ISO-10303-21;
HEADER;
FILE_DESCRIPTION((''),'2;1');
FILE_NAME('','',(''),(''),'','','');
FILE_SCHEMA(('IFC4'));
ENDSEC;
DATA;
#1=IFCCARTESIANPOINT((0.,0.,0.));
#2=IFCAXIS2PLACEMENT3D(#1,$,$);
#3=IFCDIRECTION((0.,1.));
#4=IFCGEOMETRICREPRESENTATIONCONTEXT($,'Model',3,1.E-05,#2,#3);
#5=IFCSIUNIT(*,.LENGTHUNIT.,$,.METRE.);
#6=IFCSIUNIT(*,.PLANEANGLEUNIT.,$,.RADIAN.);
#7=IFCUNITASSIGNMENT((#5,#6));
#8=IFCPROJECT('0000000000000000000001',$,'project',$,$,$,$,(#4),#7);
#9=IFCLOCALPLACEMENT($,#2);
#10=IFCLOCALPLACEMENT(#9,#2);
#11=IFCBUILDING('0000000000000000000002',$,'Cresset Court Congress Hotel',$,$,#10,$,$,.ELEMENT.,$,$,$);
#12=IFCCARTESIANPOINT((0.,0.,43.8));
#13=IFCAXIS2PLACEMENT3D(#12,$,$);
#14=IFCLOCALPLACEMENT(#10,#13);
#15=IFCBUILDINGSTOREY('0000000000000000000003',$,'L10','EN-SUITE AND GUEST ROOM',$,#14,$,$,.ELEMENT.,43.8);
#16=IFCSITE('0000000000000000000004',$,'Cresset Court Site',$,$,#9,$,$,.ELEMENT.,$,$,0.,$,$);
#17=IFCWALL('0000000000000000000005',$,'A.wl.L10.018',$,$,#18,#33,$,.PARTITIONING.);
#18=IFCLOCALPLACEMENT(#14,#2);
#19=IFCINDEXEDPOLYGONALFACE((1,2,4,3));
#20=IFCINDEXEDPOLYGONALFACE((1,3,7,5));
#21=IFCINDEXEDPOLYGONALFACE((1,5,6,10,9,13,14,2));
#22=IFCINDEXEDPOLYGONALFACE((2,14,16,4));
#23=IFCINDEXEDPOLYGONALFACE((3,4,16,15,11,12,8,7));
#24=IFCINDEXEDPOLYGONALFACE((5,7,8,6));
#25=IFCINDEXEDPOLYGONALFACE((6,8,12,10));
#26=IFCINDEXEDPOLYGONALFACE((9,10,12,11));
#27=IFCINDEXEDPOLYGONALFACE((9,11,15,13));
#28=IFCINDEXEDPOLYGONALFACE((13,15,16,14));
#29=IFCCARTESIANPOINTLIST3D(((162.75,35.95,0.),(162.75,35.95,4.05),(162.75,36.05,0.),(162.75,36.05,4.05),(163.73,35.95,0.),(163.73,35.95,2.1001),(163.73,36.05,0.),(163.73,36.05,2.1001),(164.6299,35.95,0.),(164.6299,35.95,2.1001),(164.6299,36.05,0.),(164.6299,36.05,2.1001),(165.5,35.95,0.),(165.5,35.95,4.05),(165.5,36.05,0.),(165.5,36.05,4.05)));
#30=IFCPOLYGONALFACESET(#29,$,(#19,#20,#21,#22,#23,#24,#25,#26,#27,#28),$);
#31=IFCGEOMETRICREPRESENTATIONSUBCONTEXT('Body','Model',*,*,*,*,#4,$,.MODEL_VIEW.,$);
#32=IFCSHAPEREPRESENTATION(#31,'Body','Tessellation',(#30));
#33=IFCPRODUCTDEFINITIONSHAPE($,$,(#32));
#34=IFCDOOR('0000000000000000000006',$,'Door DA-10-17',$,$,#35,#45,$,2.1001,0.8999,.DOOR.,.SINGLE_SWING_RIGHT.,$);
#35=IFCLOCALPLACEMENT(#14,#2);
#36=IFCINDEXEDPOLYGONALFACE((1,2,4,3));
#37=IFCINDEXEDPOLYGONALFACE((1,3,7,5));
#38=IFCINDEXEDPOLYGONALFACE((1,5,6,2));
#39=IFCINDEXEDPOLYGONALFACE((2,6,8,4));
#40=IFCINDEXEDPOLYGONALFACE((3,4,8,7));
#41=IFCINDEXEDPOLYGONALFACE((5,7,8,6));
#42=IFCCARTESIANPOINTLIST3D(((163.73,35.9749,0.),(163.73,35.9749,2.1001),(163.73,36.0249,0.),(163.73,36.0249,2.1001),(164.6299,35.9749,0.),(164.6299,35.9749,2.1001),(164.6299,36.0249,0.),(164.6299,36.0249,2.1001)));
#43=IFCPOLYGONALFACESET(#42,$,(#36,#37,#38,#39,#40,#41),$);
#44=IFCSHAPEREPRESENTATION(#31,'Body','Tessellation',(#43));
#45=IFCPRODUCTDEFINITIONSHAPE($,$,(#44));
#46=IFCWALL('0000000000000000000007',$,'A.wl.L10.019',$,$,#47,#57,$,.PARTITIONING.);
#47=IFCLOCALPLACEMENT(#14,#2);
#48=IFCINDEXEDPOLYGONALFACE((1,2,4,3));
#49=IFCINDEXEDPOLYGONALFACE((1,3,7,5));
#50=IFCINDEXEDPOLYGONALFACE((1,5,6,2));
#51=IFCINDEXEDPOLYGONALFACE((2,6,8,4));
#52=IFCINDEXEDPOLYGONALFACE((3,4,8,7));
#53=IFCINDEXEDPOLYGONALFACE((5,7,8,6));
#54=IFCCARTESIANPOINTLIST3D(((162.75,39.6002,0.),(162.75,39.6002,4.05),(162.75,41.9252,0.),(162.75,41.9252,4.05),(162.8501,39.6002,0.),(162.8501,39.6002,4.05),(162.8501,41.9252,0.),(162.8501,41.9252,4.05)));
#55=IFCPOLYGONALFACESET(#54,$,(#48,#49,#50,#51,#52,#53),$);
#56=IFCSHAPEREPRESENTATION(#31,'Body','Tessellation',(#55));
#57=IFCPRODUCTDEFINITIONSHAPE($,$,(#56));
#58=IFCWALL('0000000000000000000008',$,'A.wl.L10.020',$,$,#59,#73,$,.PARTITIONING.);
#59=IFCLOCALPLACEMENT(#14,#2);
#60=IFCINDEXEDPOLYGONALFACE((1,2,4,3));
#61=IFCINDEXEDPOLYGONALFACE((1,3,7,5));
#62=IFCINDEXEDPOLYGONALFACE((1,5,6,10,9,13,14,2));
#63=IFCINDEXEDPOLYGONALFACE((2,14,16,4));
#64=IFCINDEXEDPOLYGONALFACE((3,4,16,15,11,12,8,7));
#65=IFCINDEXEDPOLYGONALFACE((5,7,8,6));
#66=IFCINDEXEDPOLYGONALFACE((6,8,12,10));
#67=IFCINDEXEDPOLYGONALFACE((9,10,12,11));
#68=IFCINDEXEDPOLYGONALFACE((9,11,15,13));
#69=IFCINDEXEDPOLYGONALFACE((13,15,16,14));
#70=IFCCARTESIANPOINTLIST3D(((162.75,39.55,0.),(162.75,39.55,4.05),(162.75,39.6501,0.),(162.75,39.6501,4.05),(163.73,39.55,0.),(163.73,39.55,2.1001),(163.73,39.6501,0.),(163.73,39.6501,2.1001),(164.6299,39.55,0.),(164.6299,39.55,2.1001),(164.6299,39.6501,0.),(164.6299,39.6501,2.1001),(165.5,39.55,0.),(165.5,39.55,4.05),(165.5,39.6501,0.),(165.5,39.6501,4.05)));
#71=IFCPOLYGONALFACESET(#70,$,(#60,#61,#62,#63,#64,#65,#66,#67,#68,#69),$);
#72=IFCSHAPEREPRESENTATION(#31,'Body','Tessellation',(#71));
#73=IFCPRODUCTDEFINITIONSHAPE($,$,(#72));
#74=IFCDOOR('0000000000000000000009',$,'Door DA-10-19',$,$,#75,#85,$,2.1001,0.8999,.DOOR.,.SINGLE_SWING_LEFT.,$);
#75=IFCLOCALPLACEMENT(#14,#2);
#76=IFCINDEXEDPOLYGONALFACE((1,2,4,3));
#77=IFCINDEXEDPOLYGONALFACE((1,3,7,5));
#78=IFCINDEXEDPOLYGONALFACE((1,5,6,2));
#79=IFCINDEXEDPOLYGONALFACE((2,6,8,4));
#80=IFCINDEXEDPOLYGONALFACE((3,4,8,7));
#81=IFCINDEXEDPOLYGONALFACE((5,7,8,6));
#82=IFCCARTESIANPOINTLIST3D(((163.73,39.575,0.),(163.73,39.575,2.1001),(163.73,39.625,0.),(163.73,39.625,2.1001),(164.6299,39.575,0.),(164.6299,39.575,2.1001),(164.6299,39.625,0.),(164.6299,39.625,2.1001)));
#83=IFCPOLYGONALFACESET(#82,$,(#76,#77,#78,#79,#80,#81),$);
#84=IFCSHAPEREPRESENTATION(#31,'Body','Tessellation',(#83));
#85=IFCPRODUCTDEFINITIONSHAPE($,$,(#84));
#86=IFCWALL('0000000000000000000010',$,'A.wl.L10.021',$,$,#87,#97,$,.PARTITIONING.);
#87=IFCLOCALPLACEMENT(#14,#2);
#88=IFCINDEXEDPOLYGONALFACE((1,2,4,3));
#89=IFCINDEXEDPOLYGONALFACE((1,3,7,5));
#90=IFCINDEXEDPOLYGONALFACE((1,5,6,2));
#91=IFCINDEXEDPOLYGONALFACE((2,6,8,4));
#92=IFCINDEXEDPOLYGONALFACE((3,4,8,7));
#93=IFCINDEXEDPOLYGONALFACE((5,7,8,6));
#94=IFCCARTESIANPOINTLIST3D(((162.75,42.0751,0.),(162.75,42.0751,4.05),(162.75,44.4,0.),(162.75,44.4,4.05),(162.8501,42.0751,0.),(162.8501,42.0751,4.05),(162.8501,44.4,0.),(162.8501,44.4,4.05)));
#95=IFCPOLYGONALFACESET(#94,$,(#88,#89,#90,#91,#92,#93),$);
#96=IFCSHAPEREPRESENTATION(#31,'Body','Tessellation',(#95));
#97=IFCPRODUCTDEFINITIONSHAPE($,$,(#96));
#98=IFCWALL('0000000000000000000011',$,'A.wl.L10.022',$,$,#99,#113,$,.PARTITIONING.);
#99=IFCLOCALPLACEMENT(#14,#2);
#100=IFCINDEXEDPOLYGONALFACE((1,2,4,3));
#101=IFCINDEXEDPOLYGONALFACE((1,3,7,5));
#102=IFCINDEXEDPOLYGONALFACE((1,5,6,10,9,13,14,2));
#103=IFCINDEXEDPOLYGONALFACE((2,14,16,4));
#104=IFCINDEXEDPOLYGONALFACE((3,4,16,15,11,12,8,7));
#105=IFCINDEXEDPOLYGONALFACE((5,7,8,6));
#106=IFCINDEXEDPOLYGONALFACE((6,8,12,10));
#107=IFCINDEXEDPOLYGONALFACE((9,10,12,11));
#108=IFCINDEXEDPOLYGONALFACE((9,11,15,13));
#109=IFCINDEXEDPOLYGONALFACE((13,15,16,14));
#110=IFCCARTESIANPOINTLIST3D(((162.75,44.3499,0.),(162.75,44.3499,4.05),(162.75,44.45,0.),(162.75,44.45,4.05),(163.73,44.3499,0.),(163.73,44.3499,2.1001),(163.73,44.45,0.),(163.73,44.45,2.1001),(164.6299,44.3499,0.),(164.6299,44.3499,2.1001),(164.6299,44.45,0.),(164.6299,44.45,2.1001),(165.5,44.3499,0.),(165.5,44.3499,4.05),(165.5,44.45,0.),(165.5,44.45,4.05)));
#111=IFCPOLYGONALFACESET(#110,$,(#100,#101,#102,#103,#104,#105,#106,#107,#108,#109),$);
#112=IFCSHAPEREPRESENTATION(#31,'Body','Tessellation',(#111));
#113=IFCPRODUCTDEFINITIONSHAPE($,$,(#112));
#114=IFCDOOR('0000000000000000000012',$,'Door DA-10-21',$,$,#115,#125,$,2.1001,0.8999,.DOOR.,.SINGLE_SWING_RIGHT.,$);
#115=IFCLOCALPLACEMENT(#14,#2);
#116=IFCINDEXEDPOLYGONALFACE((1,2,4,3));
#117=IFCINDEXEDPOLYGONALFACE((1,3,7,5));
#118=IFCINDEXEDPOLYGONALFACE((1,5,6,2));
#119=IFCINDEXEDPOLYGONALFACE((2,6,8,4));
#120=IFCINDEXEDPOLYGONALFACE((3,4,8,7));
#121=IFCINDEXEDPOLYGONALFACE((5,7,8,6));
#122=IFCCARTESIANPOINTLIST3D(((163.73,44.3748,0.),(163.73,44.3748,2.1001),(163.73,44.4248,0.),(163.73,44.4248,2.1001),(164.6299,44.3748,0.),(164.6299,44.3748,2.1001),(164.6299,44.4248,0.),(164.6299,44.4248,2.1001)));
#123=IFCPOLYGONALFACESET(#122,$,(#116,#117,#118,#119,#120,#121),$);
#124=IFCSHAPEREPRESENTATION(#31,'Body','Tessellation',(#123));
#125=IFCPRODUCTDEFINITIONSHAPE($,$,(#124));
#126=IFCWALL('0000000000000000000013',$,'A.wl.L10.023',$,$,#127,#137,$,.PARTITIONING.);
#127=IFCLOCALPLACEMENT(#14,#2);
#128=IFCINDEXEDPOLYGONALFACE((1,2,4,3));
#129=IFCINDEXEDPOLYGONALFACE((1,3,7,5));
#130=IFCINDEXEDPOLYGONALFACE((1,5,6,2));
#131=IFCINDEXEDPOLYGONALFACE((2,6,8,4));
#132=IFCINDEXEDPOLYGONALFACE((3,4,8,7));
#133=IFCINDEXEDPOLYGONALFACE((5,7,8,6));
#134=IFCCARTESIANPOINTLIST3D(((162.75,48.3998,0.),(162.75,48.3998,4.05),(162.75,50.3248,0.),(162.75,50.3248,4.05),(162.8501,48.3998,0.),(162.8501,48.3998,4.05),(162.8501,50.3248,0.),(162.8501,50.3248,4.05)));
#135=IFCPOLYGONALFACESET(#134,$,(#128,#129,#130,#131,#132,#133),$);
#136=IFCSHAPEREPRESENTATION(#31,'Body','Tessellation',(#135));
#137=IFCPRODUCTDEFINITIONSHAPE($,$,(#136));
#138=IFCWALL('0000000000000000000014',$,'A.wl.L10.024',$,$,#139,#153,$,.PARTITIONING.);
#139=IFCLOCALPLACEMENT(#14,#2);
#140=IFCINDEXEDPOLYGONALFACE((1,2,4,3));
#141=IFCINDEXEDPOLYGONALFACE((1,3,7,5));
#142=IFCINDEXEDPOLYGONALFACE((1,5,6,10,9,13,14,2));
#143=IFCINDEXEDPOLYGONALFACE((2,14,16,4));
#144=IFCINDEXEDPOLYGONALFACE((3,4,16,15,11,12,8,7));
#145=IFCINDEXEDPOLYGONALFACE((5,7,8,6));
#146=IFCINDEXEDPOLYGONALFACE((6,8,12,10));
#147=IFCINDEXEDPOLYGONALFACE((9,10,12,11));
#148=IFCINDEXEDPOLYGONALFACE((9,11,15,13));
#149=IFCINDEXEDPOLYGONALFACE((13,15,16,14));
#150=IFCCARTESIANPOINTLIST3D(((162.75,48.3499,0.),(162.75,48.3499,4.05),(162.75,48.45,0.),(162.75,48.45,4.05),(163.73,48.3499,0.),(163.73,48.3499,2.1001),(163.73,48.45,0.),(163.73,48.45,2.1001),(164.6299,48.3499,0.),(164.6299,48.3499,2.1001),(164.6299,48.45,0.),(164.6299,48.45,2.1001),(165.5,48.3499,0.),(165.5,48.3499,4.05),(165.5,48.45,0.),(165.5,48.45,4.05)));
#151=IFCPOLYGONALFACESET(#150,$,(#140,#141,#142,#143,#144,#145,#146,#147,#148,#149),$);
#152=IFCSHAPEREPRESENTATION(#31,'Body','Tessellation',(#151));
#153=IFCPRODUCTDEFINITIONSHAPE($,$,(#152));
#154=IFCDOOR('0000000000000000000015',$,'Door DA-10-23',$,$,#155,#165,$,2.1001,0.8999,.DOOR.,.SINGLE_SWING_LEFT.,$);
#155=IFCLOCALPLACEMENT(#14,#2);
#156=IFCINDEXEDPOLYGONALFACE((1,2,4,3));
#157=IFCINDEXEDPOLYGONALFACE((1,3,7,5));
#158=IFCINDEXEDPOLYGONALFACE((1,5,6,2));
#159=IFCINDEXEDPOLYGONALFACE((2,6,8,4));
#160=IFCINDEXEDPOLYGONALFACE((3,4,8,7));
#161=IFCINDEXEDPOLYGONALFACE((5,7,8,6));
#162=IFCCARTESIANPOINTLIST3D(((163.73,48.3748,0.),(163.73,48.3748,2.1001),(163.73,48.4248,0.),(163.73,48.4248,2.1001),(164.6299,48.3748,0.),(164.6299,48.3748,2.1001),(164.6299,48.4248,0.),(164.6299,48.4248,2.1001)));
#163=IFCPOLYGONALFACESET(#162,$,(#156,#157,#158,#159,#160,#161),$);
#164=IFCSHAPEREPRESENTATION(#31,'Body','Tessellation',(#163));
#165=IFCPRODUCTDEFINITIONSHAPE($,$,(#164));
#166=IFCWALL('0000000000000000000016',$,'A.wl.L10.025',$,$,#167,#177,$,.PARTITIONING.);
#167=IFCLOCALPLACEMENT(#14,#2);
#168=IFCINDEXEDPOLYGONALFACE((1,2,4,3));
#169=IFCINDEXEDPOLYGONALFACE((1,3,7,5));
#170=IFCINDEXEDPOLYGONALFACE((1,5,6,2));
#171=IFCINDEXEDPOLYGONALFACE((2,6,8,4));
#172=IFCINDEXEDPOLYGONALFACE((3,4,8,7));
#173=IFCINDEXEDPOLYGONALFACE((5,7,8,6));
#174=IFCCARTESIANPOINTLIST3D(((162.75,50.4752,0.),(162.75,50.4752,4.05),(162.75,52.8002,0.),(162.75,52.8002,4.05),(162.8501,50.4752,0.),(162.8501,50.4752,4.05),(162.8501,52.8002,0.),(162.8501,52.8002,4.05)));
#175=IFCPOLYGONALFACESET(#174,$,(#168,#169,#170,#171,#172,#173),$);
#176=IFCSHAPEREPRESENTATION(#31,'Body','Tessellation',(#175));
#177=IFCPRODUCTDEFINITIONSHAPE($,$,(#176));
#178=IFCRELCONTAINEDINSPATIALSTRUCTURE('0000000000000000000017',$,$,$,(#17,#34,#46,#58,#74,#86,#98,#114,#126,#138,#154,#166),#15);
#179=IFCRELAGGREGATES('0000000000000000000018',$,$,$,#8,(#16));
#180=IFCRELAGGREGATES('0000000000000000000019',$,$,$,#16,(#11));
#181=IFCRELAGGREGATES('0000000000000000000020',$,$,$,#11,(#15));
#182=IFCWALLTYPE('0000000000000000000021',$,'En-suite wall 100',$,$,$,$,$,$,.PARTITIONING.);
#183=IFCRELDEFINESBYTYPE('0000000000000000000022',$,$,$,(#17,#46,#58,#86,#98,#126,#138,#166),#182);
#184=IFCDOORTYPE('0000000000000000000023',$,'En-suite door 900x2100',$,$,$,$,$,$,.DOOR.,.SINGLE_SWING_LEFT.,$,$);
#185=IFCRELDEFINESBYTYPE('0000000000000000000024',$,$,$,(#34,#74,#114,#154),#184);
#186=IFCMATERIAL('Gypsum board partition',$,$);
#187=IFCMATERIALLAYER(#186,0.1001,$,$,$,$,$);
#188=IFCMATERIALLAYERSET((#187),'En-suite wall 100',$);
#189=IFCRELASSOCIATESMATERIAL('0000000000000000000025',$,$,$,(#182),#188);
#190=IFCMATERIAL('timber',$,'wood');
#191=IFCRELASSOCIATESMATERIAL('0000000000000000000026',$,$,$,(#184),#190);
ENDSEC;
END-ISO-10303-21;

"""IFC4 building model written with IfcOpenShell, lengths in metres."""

from ifc_helpers import new_model, si_unit, direction, frame, frame_2d, origin, place, context, subcontext, project, spatial, rectangle, extrude, material, layer, layer_set, type_object, element, fill, save


model = new_model("IFC4")

# Units and contexts
model_context = context("Model", 3, precision=1e-05, world=origin(), true_north=direction((0.0, 1.0)))
body_context = subcontext(model_context, "Body", "Model", "MODEL_VIEW")
ifc_project = project(units=[si_unit("LENGTHUNIT", "METRE"), si_unit("PLANEANGLEUNIT", "RADIAN")], contexts=[model_context])

# Site, building, storey
site_placement = place(None, origin())
site = spatial("IfcSite", under=ifc_project, at=site_placement, Name="Cresset Court Site", CompositionType="ELEMENT", RefElevation=0.0)
building_placement = place(site_placement, origin())
building = spatial("IfcBuilding", under=site, at=building_placement, Name="Cresset Court Congress Hotel", CompositionType="ELEMENT")
storey_placement = place(building_placement, frame((0.0, 0.0, 43.8)))
storey = spatial("IfcBuildingStorey", under=building, at=storey_placement, Name="L10", Description="EN-SUITE AND GUEST ROOM", CompositionType="ELEMENT", Elevation=43.8)

# Wall, opening, door
ifc_material_1 = material(Name="Gypsum board partition")
ifc_layer_1 = layer(ifc_material_1, 0.1001)
ifc_layer_set_1 = layer_set([ifc_layer_1], Name="En-suite wall 100")
wall_type_1 = type_object("IfcWallType", Name="En-suite wall 100", PredefinedType="PARTITIONING", material=ifc_layer_set_1)
wall_1_placement = place(storey_placement, frame((162.75, 36.0, 0.0), z_axis=(0.0, 0.0, 1.0), x_axis=(1.0, 0.0, 0.0)))
wall_1 = element("IfcWall", 1, at=wall_1_placement, inside=storey, type_object=wall_type_1, Name="A.wl.L10.018", PredefinedType="PARTITIONING", context=body_context, shape_type="SweptSolid", body=[
    extrude(rectangle(XDim=2.75, YDim=0.1001, at=frame_2d((1.375, 0.0))), origin(), (0.0, 0.0, 1.0), 4.05),
])
opening_1_placement = place(wall_1_placement, frame((0.98, 0.0, 0.0)))
opening_1 = element("IfcOpeningElement", 2, at=opening_1_placement, cuts=wall_1, PredefinedType="OPENING", context=body_context, shape_type="SweptSolid", body=[
    extrude(rectangle(XDim=0.8999, YDim=2.1001, at=frame_2d((0.45, 1.05))), frame((0.0, 0.0601, 0.0), z_axis=(0.0, -1.0, 0.0), x_axis=(1.0, 0.0, 0.0)), (0.0, 0.0, 1.0), 0.1201),
])
ifc_material_2 = material(Name="timber", Category="wood")
door_type = type_object("IfcDoorType", Name="En-suite door 900x2100", OperationType="SINGLE_SWING_LEFT", PredefinedType="DOOR", material=ifc_material_2)
door_1_placement = place(opening_1_placement, origin())
door_1 = element("IfcDoor", 3, at=door_1_placement, inside=storey, type_object=door_type, Name="Door DA-10-17", OperationType="SINGLE_SWING_RIGHT", OverallHeight=2.1001, OverallWidth=0.8999, PredefinedType="DOOR", context=body_context, shape_type="SweptSolid", body=[
    extrude(rectangle(XDim=0.8999, YDim=2.1001, at=frame_2d((0.45, 1.05))), frame((0.0, 0.0249, 0.0), z_axis=(0.0, -1.0, 0.0), x_axis=(1.0, 0.0, 0.0)), (0.0, 0.0, 1.0), 0.05),
])
fill(opening_1, door_1)

# Wall
wall_2_placement = place(storey_placement, frame((162.8, 39.6001, 0.0), z_axis=(0.0, 0.0, 1.0), x_axis=(0.0, 1.0, 0.0)))
element("IfcWall", 4, at=wall_2_placement, inside=storey, type_object=wall_type_1, Name="A.wl.L10.019", PredefinedType="PARTITIONING", context=body_context, shape_type="SweptSolid", body=[
    extrude(rectangle(XDim=2.325, YDim=0.1001, at=frame_2d((1.1626, 0.0))), origin(), (0.0, 0.0, 1.0), 4.05),
])

# Wall, opening, door
wall_3_placement = place(storey_placement, frame((162.75, 39.6001, 0.0), z_axis=(0.0, 0.0, 1.0), x_axis=(1.0, 0.0, 0.0)))
wall_3 = element("IfcWall", 5, at=wall_3_placement, inside=storey, type_object=wall_type_1, Name="A.wl.L10.020", PredefinedType="PARTITIONING", context=body_context, shape_type="SweptSolid", body=[
    extrude(rectangle(XDim=2.75, YDim=0.1001, at=frame_2d((1.375, 0.0))), origin(), (0.0, 0.0, 1.0), 4.05),
])
opening_2_placement = place(wall_3_placement, frame((0.98, 0.0, 0.0)))
opening_2 = element("IfcOpeningElement", 6, at=opening_2_placement, cuts=wall_3, PredefinedType="OPENING", context=body_context, shape_type="SweptSolid", body=[
    extrude(rectangle(XDim=0.8999, YDim=2.1001, at=frame_2d((0.45, 1.05))), frame((0.0, 0.0601, 0.0), z_axis=(0.0, -1.0, 0.0), x_axis=(1.0, 0.0, 0.0)), (0.0, 0.0, 1.0), 0.1201),
])
door_2_placement = place(opening_2_placement, origin())
door_2 = element("IfcDoor", 7, at=door_2_placement, inside=storey, type_object=door_type, Name="Door DA-10-19", OperationType="SINGLE_SWING_LEFT", OverallHeight=2.1001, OverallWidth=0.8999, PredefinedType="DOOR", context=body_context, shape_type="SweptSolid", body=[
    extrude(rectangle(XDim=0.8999, YDim=2.1001, at=frame_2d((0.45, 1.05))), frame((0.0, 0.0249, 0.0), z_axis=(0.0, -1.0, 0.0), x_axis=(1.0, 0.0, 0.0)), (0.0, 0.0, 1.0), 0.05),
])
fill(opening_2, door_2)

# Wall
wall_4_placement = place(storey_placement, frame((162.8, 42.075, 0.0), z_axis=(0.0, 0.0, 1.0), x_axis=(0.0, 1.0, 0.0)))
element("IfcWall", 8, at=wall_4_placement, inside=storey, type_object=wall_type_1, Name="A.wl.L10.021", PredefinedType="PARTITIONING", context=body_context, shape_type="SweptSolid", body=[
    extrude(rectangle(XDim=2.325, YDim=0.1001, at=frame_2d((1.1626, 0.0))), origin(), (0.0, 0.0, 1.0), 4.05),
])

# Wall, opening, door
wall_5_placement = place(storey_placement, frame((162.75, 44.3999, 0.0), z_axis=(0.0, 0.0, 1.0), x_axis=(1.0, 0.0, 0.0)))
wall_5 = element("IfcWall", 9, at=wall_5_placement, inside=storey, type_object=wall_type_1, Name="A.wl.L10.022", PredefinedType="PARTITIONING", context=body_context, shape_type="SweptSolid", body=[
    extrude(rectangle(XDim=2.75, YDim=0.1001, at=frame_2d((1.375, 0.0))), origin(), (0.0, 0.0, 1.0), 4.05),
])
opening_3_placement = place(wall_5_placement, frame((0.98, 0.0, 0.0)))
opening_3 = element("IfcOpeningElement", 10, at=opening_3_placement, cuts=wall_5, PredefinedType="OPENING", context=body_context, shape_type="SweptSolid", body=[
    extrude(rectangle(XDim=0.8999, YDim=2.1001, at=frame_2d((0.45, 1.05))), frame((0.0, 0.0601, 0.0), z_axis=(0.0, -1.0, 0.0), x_axis=(1.0, 0.0, 0.0)), (0.0, 0.0, 1.0), 0.1201),
])
door_3_placement = place(opening_3_placement, origin())
door_3 = element("IfcDoor", 11, at=door_3_placement, inside=storey, type_object=door_type, Name="Door DA-10-21", OperationType="SINGLE_SWING_RIGHT", OverallHeight=2.1001, OverallWidth=0.8999, PredefinedType="DOOR", context=body_context, shape_type="SweptSolid", body=[
    extrude(rectangle(XDim=0.8999, YDim=2.1001, at=frame_2d((0.45, 1.05))), frame((0.0, 0.0249, 0.0), z_axis=(0.0, -1.0, 0.0), x_axis=(1.0, 0.0, 0.0)), (0.0, 0.0, 1.0), 0.05),
])
fill(opening_3, door_3)

# Wall
wall_6_placement = place(storey_placement, frame((162.8, 48.3999, 0.0), z_axis=(0.0, 0.0, 1.0), x_axis=(0.0, 1.0, 0.0)))
element("IfcWall", 12, at=wall_6_placement, inside=storey, type_object=wall_type_1, Name="A.wl.L10.023", PredefinedType="PARTITIONING", context=body_context, shape_type="SweptSolid", body=[
    extrude(rectangle(XDim=1.925, YDim=0.1001, at=frame_2d((0.9624, 0.0))), origin(), (0.0, 0.0, 1.0), 4.05),
])

# Wall, opening, door
wall_7_placement = place(storey_placement, frame((162.75, 48.3999, 0.0), z_axis=(0.0, 0.0, 1.0), x_axis=(1.0, 0.0, 0.0)))
wall_7 = element("IfcWall", 13, at=wall_7_placement, inside=storey, type_object=wall_type_1, Name="A.wl.L10.024", PredefinedType="PARTITIONING", context=body_context, shape_type="SweptSolid", body=[
    extrude(rectangle(XDim=2.75, YDim=0.1001, at=frame_2d((1.375, 0.0))), origin(), (0.0, 0.0, 1.0), 4.05),
])
opening_4_placement = place(wall_7_placement, frame((0.98, 0.0, 0.0)))
opening_4 = element("IfcOpeningElement", 14, at=opening_4_placement, cuts=wall_7, PredefinedType="OPENING", context=body_context, shape_type="SweptSolid", body=[
    extrude(rectangle(XDim=0.8999, YDim=2.1001, at=frame_2d((0.45, 1.05))), frame((0.0, 0.0601, 0.0), z_axis=(0.0, -1.0, 0.0), x_axis=(1.0, 0.0, 0.0)), (0.0, 0.0, 1.0), 0.1201),
])
door_4_placement = place(opening_4_placement, origin())
door_4 = element("IfcDoor", 15, at=door_4_placement, inside=storey, type_object=door_type, Name="Door DA-10-23", OperationType="SINGLE_SWING_LEFT", OverallHeight=2.1001, OverallWidth=0.8999, PredefinedType="DOOR", context=body_context, shape_type="SweptSolid", body=[
    extrude(rectangle(XDim=0.8999, YDim=2.1001, at=frame_2d((0.45, 1.05))), frame((0.0, 0.0249, 0.0), z_axis=(0.0, -1.0, 0.0), x_axis=(1.0, 0.0, 0.0)), (0.0, 0.0, 1.0), 0.05),
])
fill(opening_4, door_4)

# Wall
wall_8_placement = place(storey_placement, frame((162.8, 50.4751, 0.0), z_axis=(0.0, 0.0, 1.0), x_axis=(0.0, 1.0, 0.0)))
element("IfcWall", 16, at=wall_8_placement, inside=storey, type_object=wall_type_1, Name="A.wl.L10.025", PredefinedType="PARTITIONING", context=body_context, shape_type="SweptSolid", body=[
    extrude(rectangle(XDim=2.325, YDim=0.1001, at=frame_2d((1.1626, 0.0))), origin(), (0.0, 0.0, 1.0), 4.05),
])

save(model, "model.ifc")
